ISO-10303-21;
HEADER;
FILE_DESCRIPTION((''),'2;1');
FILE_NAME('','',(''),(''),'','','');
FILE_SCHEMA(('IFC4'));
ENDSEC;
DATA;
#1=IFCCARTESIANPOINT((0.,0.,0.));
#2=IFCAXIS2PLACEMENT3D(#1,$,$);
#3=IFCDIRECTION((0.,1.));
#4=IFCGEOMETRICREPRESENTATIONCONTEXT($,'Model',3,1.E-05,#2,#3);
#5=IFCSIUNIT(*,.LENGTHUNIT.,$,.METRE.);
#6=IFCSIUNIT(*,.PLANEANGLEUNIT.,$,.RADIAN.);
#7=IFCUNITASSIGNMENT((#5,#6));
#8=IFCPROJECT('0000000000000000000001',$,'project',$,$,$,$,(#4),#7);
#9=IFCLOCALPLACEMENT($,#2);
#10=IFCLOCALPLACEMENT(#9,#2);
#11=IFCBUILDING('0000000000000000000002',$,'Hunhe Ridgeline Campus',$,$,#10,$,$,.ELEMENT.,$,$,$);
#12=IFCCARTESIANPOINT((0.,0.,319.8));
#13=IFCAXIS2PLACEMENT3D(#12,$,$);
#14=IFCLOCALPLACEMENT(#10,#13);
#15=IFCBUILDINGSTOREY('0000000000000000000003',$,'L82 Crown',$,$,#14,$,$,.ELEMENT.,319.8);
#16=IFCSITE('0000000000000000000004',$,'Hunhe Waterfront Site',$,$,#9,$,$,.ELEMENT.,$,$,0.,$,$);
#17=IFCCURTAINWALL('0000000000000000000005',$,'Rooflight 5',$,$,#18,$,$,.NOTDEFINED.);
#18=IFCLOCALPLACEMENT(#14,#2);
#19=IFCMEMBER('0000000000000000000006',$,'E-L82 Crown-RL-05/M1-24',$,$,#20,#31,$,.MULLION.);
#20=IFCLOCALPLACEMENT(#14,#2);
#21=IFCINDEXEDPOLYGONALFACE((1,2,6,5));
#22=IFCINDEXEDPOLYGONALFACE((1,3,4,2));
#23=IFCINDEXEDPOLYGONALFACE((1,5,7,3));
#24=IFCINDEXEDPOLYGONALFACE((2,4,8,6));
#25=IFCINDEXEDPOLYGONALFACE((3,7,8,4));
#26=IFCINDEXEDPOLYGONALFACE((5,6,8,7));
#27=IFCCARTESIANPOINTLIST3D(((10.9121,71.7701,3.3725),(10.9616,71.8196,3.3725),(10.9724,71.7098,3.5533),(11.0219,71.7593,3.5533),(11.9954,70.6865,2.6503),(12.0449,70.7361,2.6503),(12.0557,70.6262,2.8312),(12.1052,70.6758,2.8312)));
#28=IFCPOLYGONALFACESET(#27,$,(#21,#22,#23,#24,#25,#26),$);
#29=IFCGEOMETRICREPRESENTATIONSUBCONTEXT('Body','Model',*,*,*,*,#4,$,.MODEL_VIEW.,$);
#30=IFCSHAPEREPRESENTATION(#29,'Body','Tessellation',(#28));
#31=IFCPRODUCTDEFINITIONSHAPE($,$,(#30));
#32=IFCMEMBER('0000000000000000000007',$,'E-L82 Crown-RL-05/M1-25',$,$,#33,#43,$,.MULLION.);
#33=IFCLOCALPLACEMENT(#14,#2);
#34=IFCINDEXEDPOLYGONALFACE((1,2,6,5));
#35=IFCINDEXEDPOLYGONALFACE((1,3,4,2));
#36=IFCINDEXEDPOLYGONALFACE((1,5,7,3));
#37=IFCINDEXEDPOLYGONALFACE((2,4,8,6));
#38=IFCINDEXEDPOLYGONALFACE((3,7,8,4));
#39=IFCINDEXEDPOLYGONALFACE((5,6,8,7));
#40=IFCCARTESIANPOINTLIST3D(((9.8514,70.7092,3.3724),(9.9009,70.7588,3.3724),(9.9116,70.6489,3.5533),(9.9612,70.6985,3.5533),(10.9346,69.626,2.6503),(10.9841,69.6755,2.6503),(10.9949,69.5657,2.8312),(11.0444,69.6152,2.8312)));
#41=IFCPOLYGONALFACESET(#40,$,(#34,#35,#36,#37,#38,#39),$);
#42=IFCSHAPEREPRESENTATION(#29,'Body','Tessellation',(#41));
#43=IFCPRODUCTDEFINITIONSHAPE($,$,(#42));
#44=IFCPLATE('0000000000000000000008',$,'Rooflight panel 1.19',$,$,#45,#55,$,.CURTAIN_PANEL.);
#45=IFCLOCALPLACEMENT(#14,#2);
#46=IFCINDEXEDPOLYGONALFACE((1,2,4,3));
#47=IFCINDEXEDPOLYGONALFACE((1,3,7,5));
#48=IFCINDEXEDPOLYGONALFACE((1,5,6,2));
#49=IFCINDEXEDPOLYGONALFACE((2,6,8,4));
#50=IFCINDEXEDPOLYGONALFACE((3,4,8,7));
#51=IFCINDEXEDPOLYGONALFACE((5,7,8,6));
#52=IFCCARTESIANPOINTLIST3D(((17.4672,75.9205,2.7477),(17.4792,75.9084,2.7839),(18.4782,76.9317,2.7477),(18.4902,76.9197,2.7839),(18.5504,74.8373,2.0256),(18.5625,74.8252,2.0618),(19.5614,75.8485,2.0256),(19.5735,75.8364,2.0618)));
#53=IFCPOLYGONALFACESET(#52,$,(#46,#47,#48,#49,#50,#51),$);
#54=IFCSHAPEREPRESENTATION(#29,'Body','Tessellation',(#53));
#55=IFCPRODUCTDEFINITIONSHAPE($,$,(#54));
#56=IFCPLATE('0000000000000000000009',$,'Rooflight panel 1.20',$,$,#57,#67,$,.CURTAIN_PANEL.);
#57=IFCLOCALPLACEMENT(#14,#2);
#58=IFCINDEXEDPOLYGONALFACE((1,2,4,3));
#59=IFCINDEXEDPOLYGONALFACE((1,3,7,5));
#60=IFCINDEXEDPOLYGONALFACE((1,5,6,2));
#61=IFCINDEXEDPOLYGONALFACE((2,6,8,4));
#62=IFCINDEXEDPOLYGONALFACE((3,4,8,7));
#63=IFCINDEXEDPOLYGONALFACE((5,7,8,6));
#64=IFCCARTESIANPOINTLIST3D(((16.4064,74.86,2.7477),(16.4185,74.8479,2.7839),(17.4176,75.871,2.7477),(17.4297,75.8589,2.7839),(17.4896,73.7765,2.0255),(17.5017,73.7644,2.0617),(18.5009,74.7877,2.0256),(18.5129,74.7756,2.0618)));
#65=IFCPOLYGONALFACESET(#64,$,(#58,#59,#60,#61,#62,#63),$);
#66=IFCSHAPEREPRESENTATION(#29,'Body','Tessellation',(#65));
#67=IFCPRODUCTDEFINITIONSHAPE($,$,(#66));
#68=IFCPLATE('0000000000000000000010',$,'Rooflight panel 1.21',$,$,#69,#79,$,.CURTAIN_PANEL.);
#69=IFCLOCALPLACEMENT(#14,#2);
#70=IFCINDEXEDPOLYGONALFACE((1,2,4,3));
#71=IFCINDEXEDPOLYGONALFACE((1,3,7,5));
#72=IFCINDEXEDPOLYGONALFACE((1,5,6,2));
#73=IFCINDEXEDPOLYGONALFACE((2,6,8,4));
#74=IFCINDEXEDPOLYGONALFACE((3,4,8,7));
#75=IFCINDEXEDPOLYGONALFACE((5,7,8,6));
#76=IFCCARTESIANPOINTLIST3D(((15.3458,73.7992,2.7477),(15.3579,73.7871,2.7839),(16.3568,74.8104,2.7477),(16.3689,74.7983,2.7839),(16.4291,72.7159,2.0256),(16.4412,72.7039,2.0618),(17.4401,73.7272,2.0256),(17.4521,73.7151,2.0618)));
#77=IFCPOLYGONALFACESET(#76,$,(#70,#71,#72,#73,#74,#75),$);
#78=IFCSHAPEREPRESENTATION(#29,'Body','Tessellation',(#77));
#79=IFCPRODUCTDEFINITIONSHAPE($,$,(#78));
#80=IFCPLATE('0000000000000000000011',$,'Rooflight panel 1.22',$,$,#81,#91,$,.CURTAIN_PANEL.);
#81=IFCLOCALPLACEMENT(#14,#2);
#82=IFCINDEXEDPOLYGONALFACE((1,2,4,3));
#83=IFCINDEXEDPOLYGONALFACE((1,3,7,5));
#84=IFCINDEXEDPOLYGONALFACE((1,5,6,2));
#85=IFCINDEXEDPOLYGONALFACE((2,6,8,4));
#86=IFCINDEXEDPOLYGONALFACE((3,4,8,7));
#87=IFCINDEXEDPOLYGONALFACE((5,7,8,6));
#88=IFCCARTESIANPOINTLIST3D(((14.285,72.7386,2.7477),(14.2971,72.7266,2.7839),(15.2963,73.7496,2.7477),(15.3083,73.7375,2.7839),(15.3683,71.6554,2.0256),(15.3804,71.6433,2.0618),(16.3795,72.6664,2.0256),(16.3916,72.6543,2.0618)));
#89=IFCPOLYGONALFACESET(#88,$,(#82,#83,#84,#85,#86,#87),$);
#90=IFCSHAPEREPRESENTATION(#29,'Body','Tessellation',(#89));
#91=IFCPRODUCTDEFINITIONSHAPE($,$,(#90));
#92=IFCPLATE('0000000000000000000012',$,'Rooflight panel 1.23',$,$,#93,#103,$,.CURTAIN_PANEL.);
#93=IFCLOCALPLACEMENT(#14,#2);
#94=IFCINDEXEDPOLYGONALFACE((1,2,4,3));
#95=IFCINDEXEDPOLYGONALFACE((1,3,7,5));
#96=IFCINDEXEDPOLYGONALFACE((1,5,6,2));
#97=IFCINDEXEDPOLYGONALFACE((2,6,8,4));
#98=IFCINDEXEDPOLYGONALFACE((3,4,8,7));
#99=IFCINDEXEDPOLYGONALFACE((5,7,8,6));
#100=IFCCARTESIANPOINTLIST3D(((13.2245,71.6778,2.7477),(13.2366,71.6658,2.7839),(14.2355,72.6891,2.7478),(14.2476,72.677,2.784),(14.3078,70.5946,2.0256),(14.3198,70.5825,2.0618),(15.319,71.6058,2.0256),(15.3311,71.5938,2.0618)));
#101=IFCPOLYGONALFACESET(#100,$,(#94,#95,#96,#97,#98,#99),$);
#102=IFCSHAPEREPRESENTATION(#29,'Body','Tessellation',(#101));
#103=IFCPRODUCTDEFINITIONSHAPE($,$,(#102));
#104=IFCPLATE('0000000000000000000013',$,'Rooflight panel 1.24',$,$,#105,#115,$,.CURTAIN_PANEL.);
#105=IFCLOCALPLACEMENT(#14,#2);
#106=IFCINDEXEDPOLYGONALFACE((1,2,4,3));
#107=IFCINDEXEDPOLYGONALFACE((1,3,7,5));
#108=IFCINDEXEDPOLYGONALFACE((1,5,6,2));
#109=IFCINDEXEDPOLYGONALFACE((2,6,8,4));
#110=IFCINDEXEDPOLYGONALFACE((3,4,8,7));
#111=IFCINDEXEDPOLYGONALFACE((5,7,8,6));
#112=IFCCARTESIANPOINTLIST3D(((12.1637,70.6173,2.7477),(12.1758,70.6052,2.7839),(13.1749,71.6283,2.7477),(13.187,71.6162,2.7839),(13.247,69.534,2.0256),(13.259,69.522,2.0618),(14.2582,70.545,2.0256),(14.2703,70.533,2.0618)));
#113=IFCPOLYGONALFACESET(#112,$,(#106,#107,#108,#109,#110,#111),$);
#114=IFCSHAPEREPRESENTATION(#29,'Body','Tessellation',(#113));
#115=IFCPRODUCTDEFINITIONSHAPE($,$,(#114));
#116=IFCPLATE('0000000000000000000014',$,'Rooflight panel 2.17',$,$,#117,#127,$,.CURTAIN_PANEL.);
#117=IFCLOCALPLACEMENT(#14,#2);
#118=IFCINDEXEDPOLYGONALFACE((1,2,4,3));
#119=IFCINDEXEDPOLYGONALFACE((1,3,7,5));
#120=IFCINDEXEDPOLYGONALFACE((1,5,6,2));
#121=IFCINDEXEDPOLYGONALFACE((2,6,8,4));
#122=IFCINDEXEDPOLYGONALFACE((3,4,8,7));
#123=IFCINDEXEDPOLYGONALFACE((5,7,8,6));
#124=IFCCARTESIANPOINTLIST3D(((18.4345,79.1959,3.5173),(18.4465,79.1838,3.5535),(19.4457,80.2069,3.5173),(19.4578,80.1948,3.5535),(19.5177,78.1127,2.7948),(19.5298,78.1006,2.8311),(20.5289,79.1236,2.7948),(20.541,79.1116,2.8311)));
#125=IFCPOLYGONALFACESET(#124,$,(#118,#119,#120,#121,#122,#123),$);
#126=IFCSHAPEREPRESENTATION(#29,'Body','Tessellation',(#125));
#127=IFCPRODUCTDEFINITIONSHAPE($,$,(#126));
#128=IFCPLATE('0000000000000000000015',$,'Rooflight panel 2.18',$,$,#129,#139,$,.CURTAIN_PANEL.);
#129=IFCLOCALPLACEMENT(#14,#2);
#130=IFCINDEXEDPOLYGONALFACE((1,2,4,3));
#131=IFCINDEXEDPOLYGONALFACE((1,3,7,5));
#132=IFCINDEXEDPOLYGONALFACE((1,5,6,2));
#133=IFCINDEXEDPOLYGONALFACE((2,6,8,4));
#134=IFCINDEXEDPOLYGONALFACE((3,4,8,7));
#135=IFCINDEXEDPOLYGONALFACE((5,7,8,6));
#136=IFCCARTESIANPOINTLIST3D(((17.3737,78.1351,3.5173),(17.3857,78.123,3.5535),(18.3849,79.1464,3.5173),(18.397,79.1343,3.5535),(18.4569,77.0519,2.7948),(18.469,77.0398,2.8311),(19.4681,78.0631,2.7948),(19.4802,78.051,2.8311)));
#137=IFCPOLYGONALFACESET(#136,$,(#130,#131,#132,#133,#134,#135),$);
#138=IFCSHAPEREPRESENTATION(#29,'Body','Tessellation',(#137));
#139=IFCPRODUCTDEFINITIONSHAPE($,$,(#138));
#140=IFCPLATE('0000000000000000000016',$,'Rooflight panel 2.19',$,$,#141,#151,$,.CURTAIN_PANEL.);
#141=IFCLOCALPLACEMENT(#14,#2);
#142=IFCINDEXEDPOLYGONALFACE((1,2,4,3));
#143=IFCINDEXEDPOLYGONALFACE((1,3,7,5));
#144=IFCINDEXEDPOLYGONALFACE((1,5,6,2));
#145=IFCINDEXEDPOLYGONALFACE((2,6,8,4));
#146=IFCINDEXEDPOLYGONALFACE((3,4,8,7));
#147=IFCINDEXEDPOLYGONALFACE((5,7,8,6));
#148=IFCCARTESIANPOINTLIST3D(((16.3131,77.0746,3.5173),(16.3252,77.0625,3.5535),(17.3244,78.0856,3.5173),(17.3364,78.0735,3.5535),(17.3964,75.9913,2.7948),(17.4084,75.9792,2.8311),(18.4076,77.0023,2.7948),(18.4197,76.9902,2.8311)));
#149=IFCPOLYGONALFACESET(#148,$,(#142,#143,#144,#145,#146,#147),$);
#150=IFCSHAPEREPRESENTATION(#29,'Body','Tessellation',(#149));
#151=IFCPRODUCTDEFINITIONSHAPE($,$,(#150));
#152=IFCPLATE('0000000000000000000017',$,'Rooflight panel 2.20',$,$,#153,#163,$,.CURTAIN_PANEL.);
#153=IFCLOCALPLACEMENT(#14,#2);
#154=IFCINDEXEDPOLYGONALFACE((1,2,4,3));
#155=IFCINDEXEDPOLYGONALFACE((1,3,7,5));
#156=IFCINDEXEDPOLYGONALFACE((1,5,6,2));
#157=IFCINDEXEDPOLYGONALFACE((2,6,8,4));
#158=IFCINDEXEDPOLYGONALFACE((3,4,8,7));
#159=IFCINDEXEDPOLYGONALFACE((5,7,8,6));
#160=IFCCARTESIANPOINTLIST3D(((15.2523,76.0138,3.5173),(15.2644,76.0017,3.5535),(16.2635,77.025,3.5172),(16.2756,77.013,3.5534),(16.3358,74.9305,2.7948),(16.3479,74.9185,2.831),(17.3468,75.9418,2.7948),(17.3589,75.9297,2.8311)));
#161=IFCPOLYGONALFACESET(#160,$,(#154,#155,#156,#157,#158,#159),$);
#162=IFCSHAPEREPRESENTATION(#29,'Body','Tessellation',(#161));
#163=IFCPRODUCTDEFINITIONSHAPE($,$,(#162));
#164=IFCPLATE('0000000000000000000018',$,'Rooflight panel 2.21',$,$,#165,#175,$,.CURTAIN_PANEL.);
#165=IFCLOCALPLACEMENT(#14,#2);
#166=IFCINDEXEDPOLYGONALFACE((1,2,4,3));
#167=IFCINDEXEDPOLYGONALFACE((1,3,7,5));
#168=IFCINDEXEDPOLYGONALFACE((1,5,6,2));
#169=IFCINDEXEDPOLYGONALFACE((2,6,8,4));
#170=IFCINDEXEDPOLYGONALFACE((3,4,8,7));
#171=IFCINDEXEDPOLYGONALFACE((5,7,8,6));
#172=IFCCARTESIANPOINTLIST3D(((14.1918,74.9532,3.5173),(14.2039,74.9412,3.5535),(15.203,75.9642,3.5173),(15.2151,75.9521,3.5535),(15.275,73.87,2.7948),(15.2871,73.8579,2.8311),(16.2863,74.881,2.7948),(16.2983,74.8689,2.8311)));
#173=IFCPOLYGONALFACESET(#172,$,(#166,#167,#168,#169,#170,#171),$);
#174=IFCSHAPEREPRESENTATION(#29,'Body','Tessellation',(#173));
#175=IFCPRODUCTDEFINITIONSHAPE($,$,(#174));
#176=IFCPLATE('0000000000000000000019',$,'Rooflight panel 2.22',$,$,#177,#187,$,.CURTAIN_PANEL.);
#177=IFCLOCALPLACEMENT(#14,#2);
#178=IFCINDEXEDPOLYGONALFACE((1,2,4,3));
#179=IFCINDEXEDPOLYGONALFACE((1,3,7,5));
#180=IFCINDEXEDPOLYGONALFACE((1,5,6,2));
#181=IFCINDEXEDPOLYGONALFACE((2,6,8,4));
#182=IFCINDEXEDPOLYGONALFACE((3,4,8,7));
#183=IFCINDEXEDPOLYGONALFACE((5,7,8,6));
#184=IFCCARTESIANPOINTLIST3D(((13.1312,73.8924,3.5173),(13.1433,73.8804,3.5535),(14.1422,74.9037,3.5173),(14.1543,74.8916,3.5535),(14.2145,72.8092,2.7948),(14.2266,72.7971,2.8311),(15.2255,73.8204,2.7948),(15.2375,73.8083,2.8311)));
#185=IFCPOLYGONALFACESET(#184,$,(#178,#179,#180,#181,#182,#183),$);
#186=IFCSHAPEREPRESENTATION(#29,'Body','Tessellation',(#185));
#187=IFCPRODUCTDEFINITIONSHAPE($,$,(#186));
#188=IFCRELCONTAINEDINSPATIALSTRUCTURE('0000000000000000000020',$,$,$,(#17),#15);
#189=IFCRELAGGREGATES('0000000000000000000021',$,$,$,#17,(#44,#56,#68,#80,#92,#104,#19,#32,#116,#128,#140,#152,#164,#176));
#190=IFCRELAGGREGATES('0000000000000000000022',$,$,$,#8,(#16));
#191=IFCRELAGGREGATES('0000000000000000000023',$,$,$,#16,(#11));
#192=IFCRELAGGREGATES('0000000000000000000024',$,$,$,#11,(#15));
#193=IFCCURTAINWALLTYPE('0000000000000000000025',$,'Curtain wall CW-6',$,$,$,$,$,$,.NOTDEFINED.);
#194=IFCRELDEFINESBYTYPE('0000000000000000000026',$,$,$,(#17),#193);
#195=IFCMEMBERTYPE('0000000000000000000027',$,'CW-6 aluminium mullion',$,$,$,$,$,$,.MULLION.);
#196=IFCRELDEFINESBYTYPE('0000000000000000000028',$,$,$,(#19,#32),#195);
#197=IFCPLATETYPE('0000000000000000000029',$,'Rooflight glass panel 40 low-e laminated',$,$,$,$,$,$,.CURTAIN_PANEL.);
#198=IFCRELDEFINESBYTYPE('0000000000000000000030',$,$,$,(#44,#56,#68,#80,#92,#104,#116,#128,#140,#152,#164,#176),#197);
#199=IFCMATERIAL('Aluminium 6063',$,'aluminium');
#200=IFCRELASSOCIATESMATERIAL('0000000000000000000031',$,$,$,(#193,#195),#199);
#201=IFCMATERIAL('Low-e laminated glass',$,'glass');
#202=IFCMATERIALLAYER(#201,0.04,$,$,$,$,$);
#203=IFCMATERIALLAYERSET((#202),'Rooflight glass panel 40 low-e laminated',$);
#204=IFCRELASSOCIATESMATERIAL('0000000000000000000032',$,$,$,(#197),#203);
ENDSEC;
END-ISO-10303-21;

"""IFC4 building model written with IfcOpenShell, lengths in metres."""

from ifc_helpers import new_model, si_unit, direction, frame, origin, origin_2d, place, context, subcontext, project, spatial, polyline, rectangle, outline, extrude, material, layer, layer_set, material_profile, profile_set, type_object, element, aggregate, save


model = new_model("IFC4")

# Units and contexts
model_context = context("Model", 3, precision=1e-05, world=origin(), true_north=direction((0.0, 1.0)))
body_context = subcontext(model_context, "Body", "Model", "MODEL_VIEW")
ifc_project = project(units=[si_unit("LENGTHUNIT", "METRE"), si_unit("PLANEANGLEUNIT", "RADIAN")], contexts=[model_context])

# Site, building, storey
site_placement = place(None, origin())
site = spatial("IfcSite", under=ifc_project, at=site_placement, Name="Hunhe Waterfront Site", CompositionType="ELEMENT", RefElevation=0.0)
building_placement = place(site_placement, origin())
building = spatial("IfcBuilding", under=site, at=building_placement, Name="Hunhe Ridgeline Campus", CompositionType="ELEMENT")
storey_placement = place(building_placement, frame((0.0, 0.0, 319.8)))
storey = spatial("IfcBuildingStorey", under=building, at=storey_placement, Name="L82 Crown", CompositionType="ELEMENT", Elevation=319.8)

# Curtain wall, members, plates
ifc_material_1 = material(Name="Aluminium 6063", Category="aluminium")
curtain_wall_type = type_object("IfcCurtainWallType", Name="Curtain wall CW-6", PredefinedType="NOTDEFINED", material=ifc_material_1)
curtain_wall_placement = place(storey_placement, origin())
curtain_wall = element("IfcCurtainWall", 1, at=curtain_wall_placement, inside=storey, type_object=curtain_wall_type, Name="Rooflight 5", PredefinedType="NOTDEFINED")
ifc_material_profile = material_profile(ifc_material_1, rectangle(XDim=0.0701, YDim=0.2, at=origin_2d()))
ifc_profile_set = profile_set([ifc_material_profile], Name="Aluminium 6063")
member_type = type_object("IfcMemberType", Name="CW-6 aluminium mullion", PredefinedType="MULLION", material=ifc_profile_set)
member_1_placement = place(storey_placement, frame((12.0503, 70.6812, 2.7407), z_axis=(-0.639543, 0.639687, 0.426362), x_axis=(-0.707186, -0.707027, 0.0)))
member_1 = element("IfcMember", 2, at=member_1_placement, type_object=member_type, Name="E-L82 Crown-RL-05/M1-24", PredefinedType="MULLION", context=body_context, shape_type="SweptSolid", body=[
    extrude(rectangle(XDim=0.0701, YDim=0.2, at=origin_2d()), origin(), (0.0, 0.0, 1.0), 1.6938),
])
member_2_placement = place(storey_placement, frame((10.9895, 69.6206, 2.7407), z_axis=(-0.639602, 0.639602, 0.426401), x_axis=(-0.707107, -0.707107, 0.0)))
member_2 = element("IfcMember", 3, at=member_2_placement, type_object=member_type, Name="E-L82 Crown-RL-05/M1-25", PredefinedType="MULLION", context=body_context, shape_type="SweptSolid", body=[
    extrude(rectangle(XDim=0.0701, YDim=0.2, at=origin_2d()), origin(), (0.0, 0.0, 1.0), 1.6936),
])
ifc_material_2 = material(Name="Low-e laminated glass", Category="glass")
ifc_layer_1 = layer(ifc_material_2, 0.04)
ifc_layer_set_1 = layer_set([ifc_layer_1], Name="Rooflight glass panel 40 low-e laminated")
plate_type = type_object("IfcPlateType", Name="Rooflight glass panel 40 low-e laminated", PredefinedType="CURTAIN_PANEL", material=ifc_layer_set_1)
plate_1_placement = place(storey_placement, frame((19.5735, 75.8364, 2.0618), z_axis=(0.301548, -0.301475, 0.904534), x_axis=(-0.639602, 0.639602, 0.426401)))
plate_1 = element("IfcPlate", 4, at=plate_1_placement, type_object=plate_type, Name="Rooflight panel 1.19", PredefinedType="CURTAIN_PANEL", context=body_context, shape_type="SweptSolid", body=[
    extrude(outline(polyline([(0.0, 0.0), (1.6936, 0.0), (1.6935, 1.4299), (-0.0002, 1.4299), (0.0, 0.0)])), origin(), (0.0, 0.0, -1.0), 0.04),
])
plate_2_placement = place(storey_placement, frame((18.5129, 74.7756, 2.0618), z_axis=(0.301479, -0.301516, 0.904543), x_axis=(-0.639609, 0.639609, 0.426382)))
plate_2 = element("IfcPlate", 5, at=plate_2_placement, type_object=plate_type, Name="Rooflight panel 1.20", PredefinedType="CURTAIN_PANEL", context=body_context, shape_type="SweptSolid", body=[
    extrude(outline(polyline([(0.0, 0.0), (1.6936, 0.0), (1.6938, 1.4299), (0.0, 1.4301), (0.0, 0.0)])), origin(), (0.0, 0.0, -1.0), 0.04),
])
plate_3_placement = place(storey_placement, frame((17.4521, 73.7151, 2.0618), z_axis=(0.301548, -0.301475, 0.904534), x_axis=(-0.639602, 0.639602, 0.426401)))
plate_3 = element("IfcPlate", 6, at=plate_3_placement, type_object=plate_type, Name="Rooflight panel 1.21", PredefinedType="CURTAIN_PANEL", context=body_context, shape_type="SweptSolid", body=[
    extrude(outline(polyline([(0.0, 0.0), (1.6936, 0.0), (1.6935, 1.4299), (-0.0002, 1.4299), (0.0, 0.0)])), origin(), (0.0, 0.0, -1.0), 0.04),
])
plate_4_placement = place(storey_placement, frame((16.3916, 72.6543, 2.0618), z_axis=(0.301475, -0.301548, 0.904534), x_axis=(-0.639602, 0.639602, 0.426401)))
plate_4 = element("IfcPlate", 7, at=plate_4_placement, type_object=plate_type, Name="Rooflight panel 1.22", PredefinedType="CURTAIN_PANEL", context=body_context, shape_type="SweptSolid", body=[
    extrude(outline(polyline([(0.0, 0.0), (1.6936, 0.0), (1.6938, 1.4299), (0.0002, 1.4299), (0.0, 0.0)])), origin(), (0.0, 0.0, -1.0), 0.04),
])
plate_5_placement = place(storey_placement, frame((15.3311, 71.5938, 2.0618), z_axis=(0.301516, -0.301479, 0.904543), x_axis=(-0.639681, 0.639537, 0.426382)))
plate_5 = element("IfcPlate", 8, at=plate_5_placement, type_object=plate_type, Name="Rooflight panel 1.23", PredefinedType="CURTAIN_PANEL", context=body_context, shape_type="SweptSolid", body=[
    extrude(outline(polyline([(0.0, 0.0), (1.6938, 0.0), (1.6938, 1.4299), (0.0001, 1.4301), (0.0, 0.0)])), origin(), (0.0, 0.0, -1.0), 0.04),
])
plate_6_placement = place(storey_placement, frame((14.2703, 70.533, 2.0618), z_axis=(0.301475, -0.301548, 0.904534), x_axis=(-0.639602, 0.639602, 0.426401)))
plate_6 = element("IfcPlate", 9, at=plate_6_placement, type_object=plate_type, Name="Rooflight panel 1.24", PredefinedType="CURTAIN_PANEL", context=body_context, shape_type="SweptSolid", body=[
    extrude(outline(polyline([(0.0, 0.0), (1.6936, 0.0), (1.6938, 1.4299), (0.0002, 1.4299), (0.0, 0.0)])), origin(), (0.0, 0.0, -1.0), 0.04),
])
plate_7_placement = place(storey_placement, frame((20.541, 79.1116, 2.8311), z_axis=(0.301558, -0.301631, 0.904478), x_axis=(-0.639563, 0.639563, 0.426519)))
plate_7 = element("IfcPlate", 10, at=plate_7_placement, type_object=plate_type, Name="Rooflight panel 2.17", PredefinedType="CURTAIN_PANEL", context=body_context, shape_type="SweptSolid", body=[
    extrude(outline(polyline([(0.0, 0.0), (1.6937, 0.0), (1.6939, 1.4299), (0.0002, 1.4299), (0.0, 0.0)])), origin(), (0.0, 0.0, -1.0), 0.04),
])
plate_8_placement = place(storey_placement, frame((19.4802, 78.051, 2.8311), z_axis=(0.301595, -0.301595, 0.904478), x_axis=(-0.639563, 0.639563, 0.426519)))
plate_8 = element("IfcPlate", 11, at=plate_8_placement, type_object=plate_type, Name="Rooflight panel 2.18", PredefinedType="CURTAIN_PANEL", context=body_context, shape_type="SweptSolid", body=[
    extrude(outline(polyline([(0.0, 0.0), (1.6937, 0.0), (1.6937, 1.4301), (0.0, 1.4301), (0.0, 0.0)])), origin(), (0.0, 0.0, -1.0), 0.04),
])
plate_9_placement = place(storey_placement, frame((18.4197, 76.9902, 2.8311), z_axis=(0.301558, -0.301631, 0.904478), x_axis=(-0.639563, 0.639563, 0.426519)))
plate_9 = element("IfcPlate", 12, at=plate_9_placement, type_object=plate_type, Name="Rooflight panel 2.19", PredefinedType="CURTAIN_PANEL", context=body_context, shape_type="SweptSolid", body=[
    extrude(outline(polyline([(0.0, 0.0), (1.6937, 0.0), (1.6939, 1.4299), (0.0002, 1.4299), (0.0, 0.0)])), origin(), (0.0, 0.0, -1.0), 0.04),
])
plate_10_placement = place(storey_placement, frame((17.3589, 75.9297, 2.8311), z_axis=(0.301599, -0.301563, 0.904488), x_axis=(-0.639569, 0.639569, 0.4265)))
plate_10 = element("IfcPlate", 13, at=plate_10_placement, type_object=plate_type, Name="Rooflight panel 2.20", PredefinedType="CURTAIN_PANEL", context=body_context, shape_type="SweptSolid", body=[
    extrude(outline(polyline([(0.0, 0.0), (1.6937, 0.0), (1.6937, 1.4301), (-0.0002, 1.4299), (0.0, 0.0)])), origin(), (0.0, 0.0, -1.0), 0.04),
])
plate_11_placement = place(storey_placement, frame((16.2983, 74.8689, 2.8311), z_axis=(0.301558, -0.301631, 0.904478), x_axis=(-0.639563, 0.639563, 0.426519)))
plate_11 = element("IfcPlate", 14, at=plate_11_placement, type_object=plate_type, Name="Rooflight panel 2.21", PredefinedType="CURTAIN_PANEL", context=body_context, shape_type="SweptSolid", body=[
    extrude(outline(polyline([(0.0, 0.0), (1.6937, 0.0), (1.6939, 1.4299), (0.0002, 1.4299), (0.0, 0.0)])), origin(), (0.0, 0.0, -1.0), 0.04),
])
plate_12_placement = place(storey_placement, frame((15.2375, 73.8083, 2.8311), z_axis=(0.301631, -0.301558, 0.904478), x_axis=(-0.639563, 0.639563, 0.426519)))
plate_12 = element("IfcPlate", 15, at=plate_12_placement, type_object=plate_type, Name="Rooflight panel 2.22", PredefinedType="CURTAIN_PANEL", context=body_context, shape_type="SweptSolid", body=[
    extrude(outline(polyline([(0.0, 0.0), (1.6937, 0.0), (1.6936, 1.4299), (-0.0002, 1.4299), (0.0, 0.0)])), origin(), (0.0, 0.0, -1.0), 0.04),
])
aggregate(curtain_wall, [plate_1, plate_2, plate_3, plate_4, plate_5, plate_6, member_1, member_2, plate_7, plate_8, plate_9, plate_10, plate_11, plate_12])

save(model, "model.ifc")
